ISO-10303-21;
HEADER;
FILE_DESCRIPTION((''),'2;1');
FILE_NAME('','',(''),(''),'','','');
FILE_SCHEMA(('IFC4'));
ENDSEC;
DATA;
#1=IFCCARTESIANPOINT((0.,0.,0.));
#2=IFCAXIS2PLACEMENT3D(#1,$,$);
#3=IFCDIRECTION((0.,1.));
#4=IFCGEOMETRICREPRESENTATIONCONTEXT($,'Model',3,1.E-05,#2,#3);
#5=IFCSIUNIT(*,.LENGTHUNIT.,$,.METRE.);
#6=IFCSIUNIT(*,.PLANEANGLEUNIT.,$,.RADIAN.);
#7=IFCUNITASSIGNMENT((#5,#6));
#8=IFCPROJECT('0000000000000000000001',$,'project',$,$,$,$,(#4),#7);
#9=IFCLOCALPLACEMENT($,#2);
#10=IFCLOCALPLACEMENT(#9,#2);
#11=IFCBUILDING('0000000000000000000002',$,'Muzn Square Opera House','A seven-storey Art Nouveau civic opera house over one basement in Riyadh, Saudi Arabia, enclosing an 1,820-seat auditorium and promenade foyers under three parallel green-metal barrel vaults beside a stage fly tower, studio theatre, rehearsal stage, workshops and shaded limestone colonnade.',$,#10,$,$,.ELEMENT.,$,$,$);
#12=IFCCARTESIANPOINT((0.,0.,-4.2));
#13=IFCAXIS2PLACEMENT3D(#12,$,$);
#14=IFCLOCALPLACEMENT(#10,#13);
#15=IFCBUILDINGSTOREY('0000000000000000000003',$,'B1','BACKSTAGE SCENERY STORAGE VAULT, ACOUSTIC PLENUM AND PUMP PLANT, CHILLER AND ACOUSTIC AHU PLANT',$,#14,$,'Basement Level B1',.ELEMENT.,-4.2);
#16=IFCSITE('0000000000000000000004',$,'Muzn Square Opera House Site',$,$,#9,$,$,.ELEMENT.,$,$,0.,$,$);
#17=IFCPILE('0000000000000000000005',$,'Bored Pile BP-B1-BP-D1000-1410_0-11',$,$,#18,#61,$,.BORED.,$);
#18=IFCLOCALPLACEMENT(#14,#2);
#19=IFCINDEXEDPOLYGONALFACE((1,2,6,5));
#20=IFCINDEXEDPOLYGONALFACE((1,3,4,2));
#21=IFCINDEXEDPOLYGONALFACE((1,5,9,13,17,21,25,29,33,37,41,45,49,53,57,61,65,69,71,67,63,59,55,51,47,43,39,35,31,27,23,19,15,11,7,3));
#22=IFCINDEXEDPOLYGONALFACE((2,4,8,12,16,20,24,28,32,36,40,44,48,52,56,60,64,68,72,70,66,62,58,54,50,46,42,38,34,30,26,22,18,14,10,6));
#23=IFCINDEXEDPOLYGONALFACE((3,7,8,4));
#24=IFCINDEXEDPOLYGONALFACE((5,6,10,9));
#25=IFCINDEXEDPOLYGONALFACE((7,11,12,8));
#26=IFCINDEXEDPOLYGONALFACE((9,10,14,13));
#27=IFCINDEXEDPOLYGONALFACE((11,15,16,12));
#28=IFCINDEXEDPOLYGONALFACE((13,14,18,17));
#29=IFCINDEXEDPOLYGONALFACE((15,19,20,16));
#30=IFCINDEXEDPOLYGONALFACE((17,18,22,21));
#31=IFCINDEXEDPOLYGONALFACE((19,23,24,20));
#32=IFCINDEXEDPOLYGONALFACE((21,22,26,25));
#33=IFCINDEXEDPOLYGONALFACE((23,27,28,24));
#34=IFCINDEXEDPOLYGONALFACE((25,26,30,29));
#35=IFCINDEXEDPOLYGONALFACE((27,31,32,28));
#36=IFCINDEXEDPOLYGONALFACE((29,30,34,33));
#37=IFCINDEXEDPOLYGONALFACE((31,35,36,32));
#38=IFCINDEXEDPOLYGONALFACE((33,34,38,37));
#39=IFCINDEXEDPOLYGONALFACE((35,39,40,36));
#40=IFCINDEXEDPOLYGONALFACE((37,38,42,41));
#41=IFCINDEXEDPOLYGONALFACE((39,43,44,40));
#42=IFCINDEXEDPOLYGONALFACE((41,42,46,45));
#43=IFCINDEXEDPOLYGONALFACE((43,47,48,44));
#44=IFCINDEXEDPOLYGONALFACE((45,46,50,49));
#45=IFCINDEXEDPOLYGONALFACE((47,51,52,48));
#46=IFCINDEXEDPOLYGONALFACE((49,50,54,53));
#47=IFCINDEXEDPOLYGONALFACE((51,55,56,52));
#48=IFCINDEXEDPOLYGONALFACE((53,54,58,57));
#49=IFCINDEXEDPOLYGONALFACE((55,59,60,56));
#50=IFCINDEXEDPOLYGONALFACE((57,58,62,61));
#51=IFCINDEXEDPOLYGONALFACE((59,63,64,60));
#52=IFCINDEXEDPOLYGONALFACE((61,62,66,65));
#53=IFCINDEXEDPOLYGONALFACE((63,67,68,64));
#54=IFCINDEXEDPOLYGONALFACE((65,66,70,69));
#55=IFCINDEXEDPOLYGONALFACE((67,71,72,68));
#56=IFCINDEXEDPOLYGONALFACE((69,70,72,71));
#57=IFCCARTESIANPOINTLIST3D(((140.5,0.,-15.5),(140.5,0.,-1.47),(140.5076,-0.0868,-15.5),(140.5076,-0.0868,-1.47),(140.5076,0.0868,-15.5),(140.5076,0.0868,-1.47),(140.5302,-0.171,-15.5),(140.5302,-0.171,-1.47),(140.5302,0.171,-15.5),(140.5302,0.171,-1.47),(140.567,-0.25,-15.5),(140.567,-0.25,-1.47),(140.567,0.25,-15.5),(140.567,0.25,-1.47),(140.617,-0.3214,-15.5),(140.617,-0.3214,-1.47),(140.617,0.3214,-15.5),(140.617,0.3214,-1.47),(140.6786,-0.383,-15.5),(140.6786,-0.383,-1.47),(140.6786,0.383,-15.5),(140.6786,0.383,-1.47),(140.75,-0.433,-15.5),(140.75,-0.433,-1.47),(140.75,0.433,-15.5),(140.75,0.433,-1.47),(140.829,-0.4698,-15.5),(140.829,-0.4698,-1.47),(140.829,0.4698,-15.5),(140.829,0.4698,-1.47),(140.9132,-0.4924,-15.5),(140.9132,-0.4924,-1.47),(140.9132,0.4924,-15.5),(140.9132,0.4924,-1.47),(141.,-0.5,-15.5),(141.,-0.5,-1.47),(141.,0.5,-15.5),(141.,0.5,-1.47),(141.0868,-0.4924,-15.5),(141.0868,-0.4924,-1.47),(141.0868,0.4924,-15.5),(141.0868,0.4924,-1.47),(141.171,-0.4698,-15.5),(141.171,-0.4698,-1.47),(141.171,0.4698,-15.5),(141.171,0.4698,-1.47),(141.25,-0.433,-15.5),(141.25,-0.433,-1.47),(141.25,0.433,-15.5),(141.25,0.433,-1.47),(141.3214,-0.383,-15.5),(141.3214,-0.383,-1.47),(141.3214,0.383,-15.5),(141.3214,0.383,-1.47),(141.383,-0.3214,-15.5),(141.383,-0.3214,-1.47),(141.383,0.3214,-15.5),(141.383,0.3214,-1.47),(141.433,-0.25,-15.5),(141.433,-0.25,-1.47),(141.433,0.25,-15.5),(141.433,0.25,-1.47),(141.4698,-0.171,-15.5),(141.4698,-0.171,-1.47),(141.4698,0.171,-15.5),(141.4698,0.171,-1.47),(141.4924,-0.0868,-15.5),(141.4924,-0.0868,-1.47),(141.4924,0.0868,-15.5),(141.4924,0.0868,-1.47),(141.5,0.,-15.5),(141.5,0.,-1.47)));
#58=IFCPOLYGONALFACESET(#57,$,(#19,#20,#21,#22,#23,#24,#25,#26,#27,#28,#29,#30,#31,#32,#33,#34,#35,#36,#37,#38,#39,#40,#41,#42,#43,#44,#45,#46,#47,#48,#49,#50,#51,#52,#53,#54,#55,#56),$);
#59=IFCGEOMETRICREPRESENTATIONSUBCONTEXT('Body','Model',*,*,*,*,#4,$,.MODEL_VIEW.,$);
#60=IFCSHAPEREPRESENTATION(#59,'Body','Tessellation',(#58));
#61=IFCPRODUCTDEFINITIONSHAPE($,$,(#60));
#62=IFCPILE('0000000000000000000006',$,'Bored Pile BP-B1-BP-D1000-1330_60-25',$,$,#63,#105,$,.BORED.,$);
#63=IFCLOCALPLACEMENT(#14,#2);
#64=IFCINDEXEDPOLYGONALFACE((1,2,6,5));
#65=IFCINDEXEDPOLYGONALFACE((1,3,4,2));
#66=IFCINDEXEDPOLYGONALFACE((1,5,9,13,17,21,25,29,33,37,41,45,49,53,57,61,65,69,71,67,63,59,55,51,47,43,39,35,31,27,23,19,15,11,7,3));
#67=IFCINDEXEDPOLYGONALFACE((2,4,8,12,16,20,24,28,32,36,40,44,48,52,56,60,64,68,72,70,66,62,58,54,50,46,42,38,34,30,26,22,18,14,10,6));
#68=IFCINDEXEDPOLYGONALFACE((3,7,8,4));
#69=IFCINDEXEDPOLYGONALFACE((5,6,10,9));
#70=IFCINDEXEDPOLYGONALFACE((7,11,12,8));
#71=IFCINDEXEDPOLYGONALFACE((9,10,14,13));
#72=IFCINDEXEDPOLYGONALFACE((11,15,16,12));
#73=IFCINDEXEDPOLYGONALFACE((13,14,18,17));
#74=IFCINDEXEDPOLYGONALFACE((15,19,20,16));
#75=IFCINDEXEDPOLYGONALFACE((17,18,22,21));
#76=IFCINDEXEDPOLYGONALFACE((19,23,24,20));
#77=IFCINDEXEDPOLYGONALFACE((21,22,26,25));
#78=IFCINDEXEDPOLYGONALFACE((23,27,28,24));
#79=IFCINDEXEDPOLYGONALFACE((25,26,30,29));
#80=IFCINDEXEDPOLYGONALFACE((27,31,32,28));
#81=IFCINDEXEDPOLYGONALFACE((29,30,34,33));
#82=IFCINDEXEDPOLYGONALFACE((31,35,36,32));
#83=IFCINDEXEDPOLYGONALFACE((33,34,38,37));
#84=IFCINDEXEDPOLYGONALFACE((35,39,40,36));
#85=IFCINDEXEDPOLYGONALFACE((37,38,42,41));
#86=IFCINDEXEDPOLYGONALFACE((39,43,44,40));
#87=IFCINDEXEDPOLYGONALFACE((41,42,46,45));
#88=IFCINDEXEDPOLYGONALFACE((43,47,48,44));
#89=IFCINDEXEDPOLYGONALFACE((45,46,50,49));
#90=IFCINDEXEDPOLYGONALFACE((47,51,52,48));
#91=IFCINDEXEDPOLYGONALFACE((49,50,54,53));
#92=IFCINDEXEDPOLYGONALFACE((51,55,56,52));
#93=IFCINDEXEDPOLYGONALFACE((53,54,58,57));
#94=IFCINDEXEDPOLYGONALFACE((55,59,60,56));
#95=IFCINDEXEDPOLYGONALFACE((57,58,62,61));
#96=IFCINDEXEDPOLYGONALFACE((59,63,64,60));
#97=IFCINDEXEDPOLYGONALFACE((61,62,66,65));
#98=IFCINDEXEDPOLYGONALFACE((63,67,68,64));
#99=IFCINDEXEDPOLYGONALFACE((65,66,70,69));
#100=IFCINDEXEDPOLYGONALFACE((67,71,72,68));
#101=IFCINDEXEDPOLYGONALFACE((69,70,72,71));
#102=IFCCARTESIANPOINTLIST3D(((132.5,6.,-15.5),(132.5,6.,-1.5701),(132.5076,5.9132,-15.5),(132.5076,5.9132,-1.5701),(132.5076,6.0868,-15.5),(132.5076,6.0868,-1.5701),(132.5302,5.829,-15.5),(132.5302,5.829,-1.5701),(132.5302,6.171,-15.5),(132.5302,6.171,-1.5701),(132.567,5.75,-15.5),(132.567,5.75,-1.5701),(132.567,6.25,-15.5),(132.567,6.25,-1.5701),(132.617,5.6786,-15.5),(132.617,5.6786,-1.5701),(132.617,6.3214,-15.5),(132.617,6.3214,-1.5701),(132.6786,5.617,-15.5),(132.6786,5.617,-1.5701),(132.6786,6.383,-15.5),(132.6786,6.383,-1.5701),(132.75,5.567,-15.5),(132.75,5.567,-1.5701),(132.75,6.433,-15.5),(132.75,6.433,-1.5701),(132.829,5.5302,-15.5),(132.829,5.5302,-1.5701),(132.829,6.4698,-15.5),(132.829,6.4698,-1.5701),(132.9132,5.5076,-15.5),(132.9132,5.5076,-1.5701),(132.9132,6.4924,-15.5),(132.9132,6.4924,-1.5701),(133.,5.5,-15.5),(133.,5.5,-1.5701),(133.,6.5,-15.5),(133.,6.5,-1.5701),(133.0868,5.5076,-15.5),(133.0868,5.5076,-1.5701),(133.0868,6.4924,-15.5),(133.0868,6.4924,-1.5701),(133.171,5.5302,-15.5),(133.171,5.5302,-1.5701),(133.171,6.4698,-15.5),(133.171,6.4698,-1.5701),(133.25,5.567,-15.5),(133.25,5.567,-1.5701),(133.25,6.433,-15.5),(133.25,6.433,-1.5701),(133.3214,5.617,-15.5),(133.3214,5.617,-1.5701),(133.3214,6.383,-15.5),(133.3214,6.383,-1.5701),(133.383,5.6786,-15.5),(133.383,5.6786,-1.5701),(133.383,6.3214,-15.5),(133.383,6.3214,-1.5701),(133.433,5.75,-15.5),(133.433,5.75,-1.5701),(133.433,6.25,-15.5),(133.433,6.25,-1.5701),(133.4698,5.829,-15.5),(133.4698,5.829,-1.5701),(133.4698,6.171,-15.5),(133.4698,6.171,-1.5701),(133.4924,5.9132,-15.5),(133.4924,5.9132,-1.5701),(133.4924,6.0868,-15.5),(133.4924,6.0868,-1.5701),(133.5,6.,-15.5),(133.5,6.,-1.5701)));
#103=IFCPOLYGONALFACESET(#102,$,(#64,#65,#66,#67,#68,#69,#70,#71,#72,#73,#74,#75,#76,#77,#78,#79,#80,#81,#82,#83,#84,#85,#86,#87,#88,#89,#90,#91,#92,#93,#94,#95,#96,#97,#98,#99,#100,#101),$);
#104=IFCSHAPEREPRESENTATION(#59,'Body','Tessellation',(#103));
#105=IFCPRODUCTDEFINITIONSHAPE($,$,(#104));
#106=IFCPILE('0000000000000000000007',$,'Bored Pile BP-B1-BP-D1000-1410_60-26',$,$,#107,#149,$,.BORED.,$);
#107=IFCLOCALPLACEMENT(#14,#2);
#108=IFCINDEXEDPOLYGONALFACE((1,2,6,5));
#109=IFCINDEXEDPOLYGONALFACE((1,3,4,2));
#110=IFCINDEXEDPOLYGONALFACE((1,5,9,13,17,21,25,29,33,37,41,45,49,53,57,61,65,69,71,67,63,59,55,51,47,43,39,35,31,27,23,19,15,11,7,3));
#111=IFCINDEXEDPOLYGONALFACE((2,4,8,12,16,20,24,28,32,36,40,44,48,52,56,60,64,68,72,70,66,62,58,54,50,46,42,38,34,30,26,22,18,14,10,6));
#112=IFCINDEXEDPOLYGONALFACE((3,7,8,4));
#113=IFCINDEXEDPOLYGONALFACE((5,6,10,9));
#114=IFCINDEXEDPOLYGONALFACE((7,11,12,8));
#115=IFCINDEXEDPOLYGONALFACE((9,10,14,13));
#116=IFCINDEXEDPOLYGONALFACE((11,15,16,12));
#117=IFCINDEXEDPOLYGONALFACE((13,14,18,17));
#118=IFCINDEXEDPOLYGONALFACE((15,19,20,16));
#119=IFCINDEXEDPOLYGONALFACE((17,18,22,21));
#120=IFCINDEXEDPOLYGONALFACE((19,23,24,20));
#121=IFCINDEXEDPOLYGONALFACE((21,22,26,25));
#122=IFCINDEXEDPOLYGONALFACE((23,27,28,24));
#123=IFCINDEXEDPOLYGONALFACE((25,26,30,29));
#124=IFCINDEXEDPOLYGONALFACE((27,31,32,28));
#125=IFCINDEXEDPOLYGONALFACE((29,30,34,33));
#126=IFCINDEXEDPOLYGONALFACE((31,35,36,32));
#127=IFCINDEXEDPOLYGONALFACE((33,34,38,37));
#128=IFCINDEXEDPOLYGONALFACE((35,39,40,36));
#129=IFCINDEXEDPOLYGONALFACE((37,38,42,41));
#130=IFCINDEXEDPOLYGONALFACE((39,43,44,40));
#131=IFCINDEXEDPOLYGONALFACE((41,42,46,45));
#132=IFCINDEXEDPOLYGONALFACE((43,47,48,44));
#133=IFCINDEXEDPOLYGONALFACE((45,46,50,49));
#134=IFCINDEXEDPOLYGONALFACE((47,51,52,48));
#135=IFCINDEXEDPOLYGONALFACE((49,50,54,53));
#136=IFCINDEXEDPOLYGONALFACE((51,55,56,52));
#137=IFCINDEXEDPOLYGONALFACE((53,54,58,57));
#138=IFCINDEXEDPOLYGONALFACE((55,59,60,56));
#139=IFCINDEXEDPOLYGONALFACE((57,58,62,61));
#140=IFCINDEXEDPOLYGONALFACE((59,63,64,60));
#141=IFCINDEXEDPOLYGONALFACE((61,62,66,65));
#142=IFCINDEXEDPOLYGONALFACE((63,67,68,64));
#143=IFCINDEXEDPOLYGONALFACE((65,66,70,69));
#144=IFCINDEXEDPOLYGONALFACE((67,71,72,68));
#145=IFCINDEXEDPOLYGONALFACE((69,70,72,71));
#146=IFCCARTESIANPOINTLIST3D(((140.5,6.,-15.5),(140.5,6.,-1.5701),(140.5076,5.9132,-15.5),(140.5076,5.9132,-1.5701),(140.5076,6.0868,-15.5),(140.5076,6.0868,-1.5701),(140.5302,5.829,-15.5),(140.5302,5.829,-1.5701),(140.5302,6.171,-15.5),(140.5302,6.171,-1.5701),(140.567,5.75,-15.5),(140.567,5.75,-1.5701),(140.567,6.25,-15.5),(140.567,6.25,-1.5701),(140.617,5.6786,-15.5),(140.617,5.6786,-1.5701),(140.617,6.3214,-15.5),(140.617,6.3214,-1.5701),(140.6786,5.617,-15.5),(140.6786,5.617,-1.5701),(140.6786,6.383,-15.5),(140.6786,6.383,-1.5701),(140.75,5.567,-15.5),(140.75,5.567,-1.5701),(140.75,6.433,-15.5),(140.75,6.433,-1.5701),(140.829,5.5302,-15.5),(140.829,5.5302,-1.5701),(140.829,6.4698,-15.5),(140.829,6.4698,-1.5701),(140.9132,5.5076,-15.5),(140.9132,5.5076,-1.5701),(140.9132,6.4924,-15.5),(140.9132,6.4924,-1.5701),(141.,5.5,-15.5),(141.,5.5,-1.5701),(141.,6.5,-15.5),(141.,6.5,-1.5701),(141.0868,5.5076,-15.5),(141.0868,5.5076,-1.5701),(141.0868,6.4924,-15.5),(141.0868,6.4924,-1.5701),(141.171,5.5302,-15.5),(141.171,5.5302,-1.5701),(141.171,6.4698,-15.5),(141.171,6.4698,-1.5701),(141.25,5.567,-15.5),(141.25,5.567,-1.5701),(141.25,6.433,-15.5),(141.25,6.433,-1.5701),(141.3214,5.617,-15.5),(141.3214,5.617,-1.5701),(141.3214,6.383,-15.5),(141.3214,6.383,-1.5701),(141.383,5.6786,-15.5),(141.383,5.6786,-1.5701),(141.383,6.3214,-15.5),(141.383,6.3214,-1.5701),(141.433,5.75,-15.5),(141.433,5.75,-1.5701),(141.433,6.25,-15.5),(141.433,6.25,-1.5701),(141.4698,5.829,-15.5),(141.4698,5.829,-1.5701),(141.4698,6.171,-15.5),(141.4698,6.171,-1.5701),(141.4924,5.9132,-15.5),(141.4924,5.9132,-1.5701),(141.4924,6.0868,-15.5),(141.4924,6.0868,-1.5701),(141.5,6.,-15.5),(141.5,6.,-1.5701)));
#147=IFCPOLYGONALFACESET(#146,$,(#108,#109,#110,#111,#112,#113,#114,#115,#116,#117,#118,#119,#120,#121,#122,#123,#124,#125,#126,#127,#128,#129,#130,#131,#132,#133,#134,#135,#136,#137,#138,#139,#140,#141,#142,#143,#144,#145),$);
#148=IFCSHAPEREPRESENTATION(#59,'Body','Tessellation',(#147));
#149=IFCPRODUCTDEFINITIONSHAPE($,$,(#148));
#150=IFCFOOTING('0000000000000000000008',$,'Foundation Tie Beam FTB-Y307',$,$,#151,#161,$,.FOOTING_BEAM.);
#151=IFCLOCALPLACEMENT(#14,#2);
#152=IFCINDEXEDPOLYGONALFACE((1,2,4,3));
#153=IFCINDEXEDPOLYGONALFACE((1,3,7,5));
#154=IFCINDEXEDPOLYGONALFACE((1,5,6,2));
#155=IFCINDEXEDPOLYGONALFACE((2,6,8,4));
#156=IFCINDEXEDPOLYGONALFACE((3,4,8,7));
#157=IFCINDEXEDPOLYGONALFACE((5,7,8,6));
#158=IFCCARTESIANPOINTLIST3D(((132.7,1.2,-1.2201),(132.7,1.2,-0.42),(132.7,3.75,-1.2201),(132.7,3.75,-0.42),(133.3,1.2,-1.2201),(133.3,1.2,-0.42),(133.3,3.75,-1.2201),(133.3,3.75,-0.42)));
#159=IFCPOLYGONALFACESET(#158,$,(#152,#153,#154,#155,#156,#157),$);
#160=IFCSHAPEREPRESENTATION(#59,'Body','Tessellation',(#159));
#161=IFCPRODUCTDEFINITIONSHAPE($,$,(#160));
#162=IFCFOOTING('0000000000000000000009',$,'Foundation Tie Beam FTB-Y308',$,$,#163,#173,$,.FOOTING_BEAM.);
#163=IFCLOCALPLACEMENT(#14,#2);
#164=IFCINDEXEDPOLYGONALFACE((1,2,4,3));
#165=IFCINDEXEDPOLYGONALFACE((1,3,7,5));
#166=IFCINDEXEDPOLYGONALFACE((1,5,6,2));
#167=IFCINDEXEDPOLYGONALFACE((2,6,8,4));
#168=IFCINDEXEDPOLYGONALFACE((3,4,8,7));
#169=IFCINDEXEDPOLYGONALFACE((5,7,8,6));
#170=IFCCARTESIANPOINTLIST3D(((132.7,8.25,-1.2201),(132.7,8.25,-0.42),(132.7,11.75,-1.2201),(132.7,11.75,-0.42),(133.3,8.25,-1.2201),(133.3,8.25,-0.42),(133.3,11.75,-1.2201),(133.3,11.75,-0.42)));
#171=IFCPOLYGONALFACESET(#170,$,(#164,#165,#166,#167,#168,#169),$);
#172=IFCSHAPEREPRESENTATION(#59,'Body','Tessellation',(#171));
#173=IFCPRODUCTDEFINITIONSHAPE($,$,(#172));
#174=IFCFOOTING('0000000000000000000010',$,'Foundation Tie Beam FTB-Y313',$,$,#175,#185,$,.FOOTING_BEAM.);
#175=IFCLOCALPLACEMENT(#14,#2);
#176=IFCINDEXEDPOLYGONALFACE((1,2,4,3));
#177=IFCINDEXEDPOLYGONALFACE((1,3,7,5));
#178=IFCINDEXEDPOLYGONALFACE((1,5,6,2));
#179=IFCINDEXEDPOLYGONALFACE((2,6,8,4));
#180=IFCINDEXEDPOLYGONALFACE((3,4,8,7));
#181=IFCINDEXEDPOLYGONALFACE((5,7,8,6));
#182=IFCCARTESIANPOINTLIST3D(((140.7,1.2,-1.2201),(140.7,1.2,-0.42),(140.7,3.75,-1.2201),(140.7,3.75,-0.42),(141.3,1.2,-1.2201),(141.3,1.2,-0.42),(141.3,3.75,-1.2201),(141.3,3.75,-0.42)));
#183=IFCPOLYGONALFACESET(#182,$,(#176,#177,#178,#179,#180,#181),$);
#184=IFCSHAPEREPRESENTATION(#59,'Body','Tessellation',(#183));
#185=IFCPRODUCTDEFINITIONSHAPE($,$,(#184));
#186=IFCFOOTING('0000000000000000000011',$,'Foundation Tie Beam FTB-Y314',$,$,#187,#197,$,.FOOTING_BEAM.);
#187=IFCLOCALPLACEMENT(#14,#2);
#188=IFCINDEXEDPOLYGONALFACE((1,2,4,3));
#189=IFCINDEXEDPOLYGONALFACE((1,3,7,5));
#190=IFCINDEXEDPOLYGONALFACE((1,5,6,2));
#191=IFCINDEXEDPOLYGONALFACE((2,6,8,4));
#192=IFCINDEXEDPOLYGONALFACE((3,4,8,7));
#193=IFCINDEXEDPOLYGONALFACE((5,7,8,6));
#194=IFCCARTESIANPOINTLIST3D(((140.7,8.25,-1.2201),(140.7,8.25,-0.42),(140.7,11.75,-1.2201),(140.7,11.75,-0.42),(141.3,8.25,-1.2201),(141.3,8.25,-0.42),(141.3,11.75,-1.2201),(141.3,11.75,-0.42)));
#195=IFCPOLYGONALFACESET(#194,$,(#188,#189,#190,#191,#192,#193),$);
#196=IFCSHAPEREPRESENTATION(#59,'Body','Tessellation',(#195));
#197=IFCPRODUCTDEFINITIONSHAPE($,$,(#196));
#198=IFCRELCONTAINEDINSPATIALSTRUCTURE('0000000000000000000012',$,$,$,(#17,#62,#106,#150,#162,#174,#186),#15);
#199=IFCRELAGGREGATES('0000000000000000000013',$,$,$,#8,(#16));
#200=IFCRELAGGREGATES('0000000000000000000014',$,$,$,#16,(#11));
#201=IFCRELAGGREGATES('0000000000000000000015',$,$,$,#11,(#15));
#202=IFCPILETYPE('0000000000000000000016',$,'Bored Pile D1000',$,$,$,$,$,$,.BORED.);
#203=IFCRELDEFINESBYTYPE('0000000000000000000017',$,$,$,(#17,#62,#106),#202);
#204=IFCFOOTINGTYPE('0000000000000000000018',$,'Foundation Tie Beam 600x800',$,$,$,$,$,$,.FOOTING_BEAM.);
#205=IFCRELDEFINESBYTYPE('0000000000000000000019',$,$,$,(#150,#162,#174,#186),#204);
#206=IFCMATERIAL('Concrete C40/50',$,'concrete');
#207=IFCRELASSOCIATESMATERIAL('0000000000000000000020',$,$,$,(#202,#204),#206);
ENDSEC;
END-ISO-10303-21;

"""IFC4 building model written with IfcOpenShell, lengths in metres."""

from ifc_helpers import new_model, si_unit, direction, frame, origin, origin_2d, place, context, subcontext, project, spatial, rectangle, circle, extrude, material, material_profile, profile_set, type_object, element, save


model = new_model("IFC4")

# Units and contexts
model_context = context("Model", 3, precision=1e-05, world=origin(), true_north=direction((0.0, 1.0)))
body_context = subcontext(model_context, "Body", "Model", "MODEL_VIEW")
ifc_project = project(units=[si_unit("LENGTHUNIT", "METRE"), si_unit("PLANEANGLEUNIT", "RADIAN")], contexts=[model_context])

# Site, building, storey
site_placement = place(None, origin())
site = spatial("IfcSite", under=ifc_project, at=site_placement, Name="Muzn Square Opera House Site", CompositionType="ELEMENT", RefElevation=0.0)
building_placement = place(site_placement, origin())
building = spatial("IfcBuilding", under=site, at=building_placement, Name="Muzn Square Opera House", Description="A seven-storey Art Nouveau civic opera house over one basement in Riyadh, Saudi Arabia, enclosing an 1,820-seat auditorium and promenade foyers under three parallel green-metal barrel vaults beside a stage fly tower, studio theatre, rehearsal stage, workshops and shaded limestone colonnade.", CompositionType="ELEMENT")
storey_placement = place(building_placement, frame((0.0, 0.0, -4.2)))
storey = spatial("IfcBuildingStorey", under=building, at=storey_placement, Name="B1", Description="BACKSTAGE SCENERY STORAGE VAULT, ACOUSTIC PLENUM AND PUMP PLANT, CHILLER AND ACOUSTIC AHU PLANT", LongName="Basement Level B1", CompositionType="ELEMENT", Elevation=-4.2)

# Piles
ifc_material_1 = material(Name="Concrete C40/50", Category="concrete")
ifc_material_profile_1 = material_profile(ifc_material_1, circle(Radius=0.5, at=origin_2d()), Name="BORED PILE D1000", Category="concrete")
ifc_profile_set_1 = profile_set([ifc_material_profile_1], Name="Concrete C40/50")
pile_type = type_object("IfcPileType", Name="Bored Pile D1000", PredefinedType="BORED", material=ifc_profile_set_1)
pile_placement = place(storey_placement, frame((141.0, 0.0, -1.47), z_axis=(0.0, 0.0, -1.0), x_axis=(1.0, 0.0, 0.0)))
element("IfcPile", 1, at=pile_placement, inside=storey, type_object=pile_type, Name="Bored Pile BP-B1-BP-D1000-1410_0-11", PredefinedType="BORED", context=body_context, shape_type="SweptSolid", body=[
    extrude(circle(Radius=0.5, at=origin_2d()), origin(), (0.0, 0.0, 1.0), 14.03),
])
for number, where, z_axis, x_axis, name in (
    (2, (133.0, 6.0, -1.5701), (0.0, 0.0, -1.0), (1.0, 0.0, 0.0), "Bored Pile BP-B1-BP-D1000-1330_60-25"),
    (3, (141.0, 6.0, -1.5701), (0.0, 0.0, -1.0), (1.0, 0.0, 0.0), "Bored Pile BP-B1-BP-D1000-1410_60-26"),
):
    element("IfcPile", number, at=place(storey_placement, frame(where, z_axis=z_axis, x_axis=x_axis)), inside=storey, type_object=pile_type, Name=name, PredefinedType="BORED", context=body_context, shape_type="SweptSolid", body=[
        extrude(circle(Radius=0.5, at=origin_2d()), origin(), (0.0, 0.0, 1.0), 13.9299),
    ])

# Footings
ifc_material_profile_2 = material_profile(ifc_material_1, rectangle(XDim=0.6001, YDim=0.8, at=origin_2d()), Name="RCTB 600x800", Category="concrete")
ifc_profile_set_2 = profile_set([ifc_material_profile_2], Name="Concrete C40/50")
footing_type_1 = type_object("IfcFootingType", Name="Foundation Tie Beam 600x800", PredefinedType="FOOTING_BEAM", material=ifc_profile_set_2)
footing_1_placement = place(storey_placement, frame((133.0, 1.2, -0.8201), z_axis=(0.0, 1.0, 0.0), x_axis=(-1.0, 0.0, 0.0)))
element("IfcFooting", 4, at=footing_1_placement, inside=storey, type_object=footing_type_1, Name="Foundation Tie Beam FTB-Y307", PredefinedType="FOOTING_BEAM", context=body_context, shape_type="SweptSolid", body=[
    extrude(rectangle(XDim=0.6001, YDim=0.8, at=origin_2d()), origin(), (0.0, 0.0, 1.0), 2.55),
])
footing_2_placement = place(storey_placement, frame((133.0, 8.25, -0.8201), z_axis=(0.0, 1.0, 0.0), x_axis=(-1.0, 0.0, 0.0)))
element("IfcFooting", 5, at=footing_2_placement, inside=storey, type_object=footing_type_1, Name="Foundation Tie Beam FTB-Y308", PredefinedType="FOOTING_BEAM", context=body_context, shape_type="SweptSolid", body=[
    extrude(rectangle(XDim=0.6001, YDim=0.8, at=origin_2d()), origin(), (0.0, 0.0, 1.0), 3.5),
])
footing_3_placement = place(storey_placement, frame((141.0, 1.2, -0.8201), z_axis=(0.0, 1.0, 0.0), x_axis=(-1.0, 0.0, 0.0)))
element("IfcFooting", 6, at=footing_3_placement, inside=storey, type_object=footing_type_1, Name="Foundation Tie Beam FTB-Y313", PredefinedType="FOOTING_BEAM", context=body_context, shape_type="SweptSolid", body=[
    extrude(rectangle(XDim=0.6001, YDim=0.8, at=origin_2d()), origin(), (0.0, 0.0, 1.0), 2.55),
])
footing_4_placement = place(storey_placement, frame((141.0, 8.25, -0.8201), z_axis=(0.0, 1.0, 0.0), x_axis=(-1.0, 0.0, 0.0)))
element("IfcFooting", 7, at=footing_4_placement, inside=storey, type_object=footing_type_1, Name="Foundation Tie Beam FTB-Y314", PredefinedType="FOOTING_BEAM", context=body_context, shape_type="SweptSolid", body=[
    extrude(rectangle(XDim=0.6001, YDim=0.8, at=origin_2d()), origin(), (0.0, 0.0, 1.0), 3.5),
])

save(model, "model.ifc")
